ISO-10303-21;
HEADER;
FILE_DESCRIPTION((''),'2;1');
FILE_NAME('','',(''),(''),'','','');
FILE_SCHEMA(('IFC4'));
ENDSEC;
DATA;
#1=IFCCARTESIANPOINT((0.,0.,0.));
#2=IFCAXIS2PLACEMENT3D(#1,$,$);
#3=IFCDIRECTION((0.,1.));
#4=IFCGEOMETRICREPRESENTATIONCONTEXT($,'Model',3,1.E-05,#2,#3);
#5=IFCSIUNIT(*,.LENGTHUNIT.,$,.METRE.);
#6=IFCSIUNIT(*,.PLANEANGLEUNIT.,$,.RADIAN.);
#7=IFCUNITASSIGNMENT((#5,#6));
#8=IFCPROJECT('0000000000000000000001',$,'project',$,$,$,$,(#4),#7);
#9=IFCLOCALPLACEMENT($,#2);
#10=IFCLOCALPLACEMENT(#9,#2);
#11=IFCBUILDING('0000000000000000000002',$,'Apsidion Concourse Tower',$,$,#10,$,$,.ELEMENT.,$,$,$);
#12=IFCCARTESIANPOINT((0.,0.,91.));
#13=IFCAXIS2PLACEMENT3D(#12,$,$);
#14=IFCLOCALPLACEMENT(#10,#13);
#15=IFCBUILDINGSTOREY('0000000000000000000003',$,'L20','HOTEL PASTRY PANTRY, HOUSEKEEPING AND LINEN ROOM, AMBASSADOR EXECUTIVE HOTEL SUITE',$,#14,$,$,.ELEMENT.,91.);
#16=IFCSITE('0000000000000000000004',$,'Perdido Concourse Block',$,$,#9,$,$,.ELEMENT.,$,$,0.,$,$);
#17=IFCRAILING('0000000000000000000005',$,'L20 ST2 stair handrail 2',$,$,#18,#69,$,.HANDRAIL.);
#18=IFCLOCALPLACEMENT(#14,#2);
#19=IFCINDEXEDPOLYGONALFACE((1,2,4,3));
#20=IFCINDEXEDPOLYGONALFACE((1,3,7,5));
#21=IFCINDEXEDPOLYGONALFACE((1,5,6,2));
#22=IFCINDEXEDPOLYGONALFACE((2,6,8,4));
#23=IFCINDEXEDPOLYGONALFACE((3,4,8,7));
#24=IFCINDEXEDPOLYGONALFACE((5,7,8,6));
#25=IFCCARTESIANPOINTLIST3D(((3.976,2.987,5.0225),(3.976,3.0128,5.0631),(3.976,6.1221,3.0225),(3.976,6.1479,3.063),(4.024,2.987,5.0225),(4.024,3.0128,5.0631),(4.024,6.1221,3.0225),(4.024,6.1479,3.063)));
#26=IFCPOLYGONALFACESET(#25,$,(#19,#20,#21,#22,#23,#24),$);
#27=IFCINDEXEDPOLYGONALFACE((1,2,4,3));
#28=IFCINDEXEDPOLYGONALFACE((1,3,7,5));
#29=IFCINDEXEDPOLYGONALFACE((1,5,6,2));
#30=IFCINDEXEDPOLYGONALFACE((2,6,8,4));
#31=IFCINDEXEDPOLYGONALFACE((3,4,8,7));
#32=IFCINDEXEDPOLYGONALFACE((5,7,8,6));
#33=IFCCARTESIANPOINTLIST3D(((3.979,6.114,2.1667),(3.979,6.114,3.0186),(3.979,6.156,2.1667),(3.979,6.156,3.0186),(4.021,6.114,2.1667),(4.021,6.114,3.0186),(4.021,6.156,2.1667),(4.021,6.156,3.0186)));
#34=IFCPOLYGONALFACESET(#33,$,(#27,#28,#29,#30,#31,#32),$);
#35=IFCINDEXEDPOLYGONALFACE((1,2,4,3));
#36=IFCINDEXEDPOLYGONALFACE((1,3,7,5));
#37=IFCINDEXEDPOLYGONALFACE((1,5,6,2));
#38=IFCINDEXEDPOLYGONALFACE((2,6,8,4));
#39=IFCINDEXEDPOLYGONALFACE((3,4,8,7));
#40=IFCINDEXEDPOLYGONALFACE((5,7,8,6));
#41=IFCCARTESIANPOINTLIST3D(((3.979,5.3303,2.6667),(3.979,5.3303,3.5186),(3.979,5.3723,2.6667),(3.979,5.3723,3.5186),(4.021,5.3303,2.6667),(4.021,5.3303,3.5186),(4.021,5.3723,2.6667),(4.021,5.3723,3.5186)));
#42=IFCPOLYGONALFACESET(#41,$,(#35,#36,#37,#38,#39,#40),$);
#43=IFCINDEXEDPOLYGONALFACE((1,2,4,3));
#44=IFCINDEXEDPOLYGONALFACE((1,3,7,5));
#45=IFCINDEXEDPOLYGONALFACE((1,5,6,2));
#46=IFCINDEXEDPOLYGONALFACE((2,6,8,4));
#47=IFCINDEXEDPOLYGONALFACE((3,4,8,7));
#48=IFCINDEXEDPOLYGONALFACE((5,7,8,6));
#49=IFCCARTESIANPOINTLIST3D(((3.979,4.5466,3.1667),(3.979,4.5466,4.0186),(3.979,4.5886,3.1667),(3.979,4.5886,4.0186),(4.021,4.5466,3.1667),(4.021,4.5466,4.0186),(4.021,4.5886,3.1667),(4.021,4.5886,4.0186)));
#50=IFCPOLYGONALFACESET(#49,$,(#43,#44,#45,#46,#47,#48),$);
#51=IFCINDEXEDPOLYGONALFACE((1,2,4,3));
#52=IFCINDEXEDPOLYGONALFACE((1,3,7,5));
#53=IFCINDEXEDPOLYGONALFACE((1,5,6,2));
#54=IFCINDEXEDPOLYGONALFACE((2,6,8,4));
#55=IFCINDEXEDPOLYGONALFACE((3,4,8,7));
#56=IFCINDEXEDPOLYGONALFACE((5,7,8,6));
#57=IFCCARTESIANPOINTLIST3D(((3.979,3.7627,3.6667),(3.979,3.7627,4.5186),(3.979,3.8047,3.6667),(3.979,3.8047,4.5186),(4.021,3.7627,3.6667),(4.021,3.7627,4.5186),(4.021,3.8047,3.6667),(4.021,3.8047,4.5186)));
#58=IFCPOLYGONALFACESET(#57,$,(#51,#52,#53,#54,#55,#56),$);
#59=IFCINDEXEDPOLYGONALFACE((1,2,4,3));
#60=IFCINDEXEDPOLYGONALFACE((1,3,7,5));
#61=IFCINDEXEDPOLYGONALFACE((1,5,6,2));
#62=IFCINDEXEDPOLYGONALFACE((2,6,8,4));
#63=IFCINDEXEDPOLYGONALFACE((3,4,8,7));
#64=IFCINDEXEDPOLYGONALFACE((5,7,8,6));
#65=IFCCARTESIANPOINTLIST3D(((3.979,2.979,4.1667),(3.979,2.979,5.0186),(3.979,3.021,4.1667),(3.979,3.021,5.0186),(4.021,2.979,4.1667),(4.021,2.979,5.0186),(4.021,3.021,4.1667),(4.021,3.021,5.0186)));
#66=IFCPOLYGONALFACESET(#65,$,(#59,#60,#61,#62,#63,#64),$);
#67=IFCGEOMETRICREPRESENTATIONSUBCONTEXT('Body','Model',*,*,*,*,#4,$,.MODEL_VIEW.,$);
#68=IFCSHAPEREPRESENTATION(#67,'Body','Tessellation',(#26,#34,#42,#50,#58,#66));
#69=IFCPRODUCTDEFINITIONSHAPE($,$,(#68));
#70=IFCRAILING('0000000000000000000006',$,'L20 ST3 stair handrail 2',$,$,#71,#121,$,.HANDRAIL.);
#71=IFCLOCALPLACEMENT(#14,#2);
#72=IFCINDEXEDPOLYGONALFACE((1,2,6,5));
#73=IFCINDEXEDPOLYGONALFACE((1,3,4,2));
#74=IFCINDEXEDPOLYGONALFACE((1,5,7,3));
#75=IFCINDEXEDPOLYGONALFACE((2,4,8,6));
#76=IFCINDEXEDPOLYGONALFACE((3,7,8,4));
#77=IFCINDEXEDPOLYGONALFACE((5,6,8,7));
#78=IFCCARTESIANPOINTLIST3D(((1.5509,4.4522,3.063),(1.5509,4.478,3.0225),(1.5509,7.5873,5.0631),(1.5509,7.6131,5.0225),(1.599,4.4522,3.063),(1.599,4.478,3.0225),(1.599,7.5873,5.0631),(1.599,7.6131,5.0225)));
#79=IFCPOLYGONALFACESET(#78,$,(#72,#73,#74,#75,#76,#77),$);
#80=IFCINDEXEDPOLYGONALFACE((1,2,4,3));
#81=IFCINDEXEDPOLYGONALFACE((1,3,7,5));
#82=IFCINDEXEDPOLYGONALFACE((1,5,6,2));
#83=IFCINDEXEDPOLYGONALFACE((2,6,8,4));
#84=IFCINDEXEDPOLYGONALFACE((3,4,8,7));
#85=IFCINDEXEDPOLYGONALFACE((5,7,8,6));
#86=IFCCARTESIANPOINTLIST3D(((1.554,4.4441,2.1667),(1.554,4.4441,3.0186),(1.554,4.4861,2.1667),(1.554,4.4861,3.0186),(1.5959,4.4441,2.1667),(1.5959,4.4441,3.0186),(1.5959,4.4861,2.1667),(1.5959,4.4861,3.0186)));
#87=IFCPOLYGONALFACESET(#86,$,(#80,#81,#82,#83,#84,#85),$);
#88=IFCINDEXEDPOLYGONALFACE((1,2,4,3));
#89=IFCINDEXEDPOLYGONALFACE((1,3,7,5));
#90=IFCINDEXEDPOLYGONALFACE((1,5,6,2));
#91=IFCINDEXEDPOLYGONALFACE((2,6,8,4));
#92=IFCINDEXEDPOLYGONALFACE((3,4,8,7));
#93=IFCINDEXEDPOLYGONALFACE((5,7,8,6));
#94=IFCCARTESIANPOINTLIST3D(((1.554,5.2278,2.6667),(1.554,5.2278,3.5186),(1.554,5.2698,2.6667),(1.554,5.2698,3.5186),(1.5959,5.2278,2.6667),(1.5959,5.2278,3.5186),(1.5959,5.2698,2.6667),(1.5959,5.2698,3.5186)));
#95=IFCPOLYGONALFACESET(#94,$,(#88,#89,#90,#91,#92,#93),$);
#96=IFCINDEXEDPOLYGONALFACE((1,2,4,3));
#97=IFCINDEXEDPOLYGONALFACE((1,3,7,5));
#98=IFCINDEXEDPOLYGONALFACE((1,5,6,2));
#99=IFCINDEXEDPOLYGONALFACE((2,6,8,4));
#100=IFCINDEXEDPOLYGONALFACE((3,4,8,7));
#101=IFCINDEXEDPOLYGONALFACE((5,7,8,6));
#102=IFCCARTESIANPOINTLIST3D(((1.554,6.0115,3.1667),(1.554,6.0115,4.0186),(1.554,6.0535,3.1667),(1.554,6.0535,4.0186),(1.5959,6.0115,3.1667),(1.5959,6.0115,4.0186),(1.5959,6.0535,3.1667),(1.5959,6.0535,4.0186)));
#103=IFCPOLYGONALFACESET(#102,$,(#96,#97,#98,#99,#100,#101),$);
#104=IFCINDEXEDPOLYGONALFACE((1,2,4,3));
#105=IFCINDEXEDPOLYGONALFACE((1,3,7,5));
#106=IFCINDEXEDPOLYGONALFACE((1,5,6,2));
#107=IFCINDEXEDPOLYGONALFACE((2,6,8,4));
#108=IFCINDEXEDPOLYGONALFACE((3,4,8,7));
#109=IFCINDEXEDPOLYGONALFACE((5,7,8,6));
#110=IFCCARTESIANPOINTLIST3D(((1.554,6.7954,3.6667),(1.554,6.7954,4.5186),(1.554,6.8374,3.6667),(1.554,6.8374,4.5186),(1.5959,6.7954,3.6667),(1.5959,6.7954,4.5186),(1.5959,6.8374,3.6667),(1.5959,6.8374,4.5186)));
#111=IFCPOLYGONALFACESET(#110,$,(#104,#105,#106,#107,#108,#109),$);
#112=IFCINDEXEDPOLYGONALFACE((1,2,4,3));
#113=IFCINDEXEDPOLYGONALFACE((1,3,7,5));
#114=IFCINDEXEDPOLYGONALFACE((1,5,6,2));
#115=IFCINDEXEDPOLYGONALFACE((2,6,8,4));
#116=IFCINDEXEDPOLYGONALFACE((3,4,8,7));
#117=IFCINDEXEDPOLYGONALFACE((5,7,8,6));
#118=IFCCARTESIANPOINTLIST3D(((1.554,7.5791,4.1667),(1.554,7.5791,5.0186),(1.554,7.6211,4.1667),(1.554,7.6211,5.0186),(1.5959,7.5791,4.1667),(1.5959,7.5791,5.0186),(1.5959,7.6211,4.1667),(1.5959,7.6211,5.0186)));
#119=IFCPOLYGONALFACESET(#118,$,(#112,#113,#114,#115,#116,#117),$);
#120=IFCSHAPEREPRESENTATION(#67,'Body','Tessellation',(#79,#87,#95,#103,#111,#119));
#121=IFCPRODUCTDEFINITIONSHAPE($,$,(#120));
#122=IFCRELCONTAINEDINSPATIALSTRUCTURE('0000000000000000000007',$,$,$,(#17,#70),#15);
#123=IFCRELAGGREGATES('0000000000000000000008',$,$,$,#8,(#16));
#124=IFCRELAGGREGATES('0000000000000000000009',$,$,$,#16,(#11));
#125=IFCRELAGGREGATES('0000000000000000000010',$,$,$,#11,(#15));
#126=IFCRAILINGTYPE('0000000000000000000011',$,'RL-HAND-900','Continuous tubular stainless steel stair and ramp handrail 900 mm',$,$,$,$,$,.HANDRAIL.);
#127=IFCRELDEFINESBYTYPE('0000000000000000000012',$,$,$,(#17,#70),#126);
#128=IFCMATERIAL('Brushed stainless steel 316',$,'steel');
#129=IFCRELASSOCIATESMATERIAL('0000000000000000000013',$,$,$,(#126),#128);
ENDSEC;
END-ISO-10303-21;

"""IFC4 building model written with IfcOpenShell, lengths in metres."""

from ifc_helpers import new_model, si_unit, direction, frame, origin, origin_2d, place, context, subcontext, project, spatial, rectangle, extrude, material, type_object, element, save


model = new_model("IFC4")

# Units and contexts
model_context = context("Model", 3, precision=1e-05, world=origin(), true_north=direction((0.0, 1.0)))
body_context = subcontext(model_context, "Body", "Model", "MODEL_VIEW")
ifc_project = project(units=[si_unit("LENGTHUNIT", "METRE"), si_unit("PLANEANGLEUNIT", "RADIAN")], contexts=[model_context])

# Site, building, storey
site_placement = place(None, origin())
site = spatial("IfcSite", under=ifc_project, at=site_placement, Name="Perdido Concourse Block", CompositionType="ELEMENT", RefElevation=0.0)
building_placement = place(site_placement, origin())
building = spatial("IfcBuilding", under=site, at=building_placement, Name="Apsidion Concourse Tower", CompositionType="ELEMENT")
storey_placement = place(building_placement, frame((0.0, 0.0, 91.0)))
storey = spatial("IfcBuildingStorey", under=building, at=storey_placement, Name="L20", Description="HOTEL PASTRY PANTRY, HOUSEKEEPING AND LINEN ROOM, AMBASSADOR EXECUTIVE HOTEL SUITE", CompositionType="ELEMENT", Elevation=91.0)

# Railings
ifc_material_1 = material(Name="Brushed stainless steel 316", Category="steel")
railing_type_1 = type_object("IfcRailingType", Name="RL-HAND-900", Description="Continuous tubular stainless steel stair and ramp handrail 900 mm", PredefinedType="HANDRAIL", material=ifc_material_1)
railing_1_placement = place(storey_placement, frame((4.0, 6.135, 2.1667)))
element("IfcRailing", 1, at=railing_1_placement, inside=storey, type_object=railing_type_1, Name="L20 ST2 stair handrail 2", PredefinedType="HANDRAIL", context=body_context, shape_type="SweptSolid", body=[
    extrude(rectangle(XDim=0.0481, YDim=0.0481, at=origin_2d()), frame((0.0, 0.0, 0.876), z_axis=(0.0, -0.843053, 0.537831), x_axis=(1.0, 0.0, 0.0)), (0.0, 0.0, 1.0), 3.7188),
    extrude(rectangle(XDim=0.042, YDim=0.042, at=origin_2d()), origin(), (0.0, 0.0, 1.0), 0.8518),
    extrude(rectangle(XDim=0.042, YDim=0.042, at=origin_2d()), frame((0.0, -0.7837, 0.5)), (0.0, 0.0, 1.0), 0.8518),
    extrude(rectangle(XDim=0.042, YDim=0.042, at=origin_2d()), frame((0.0, -1.5674, 1.0)), (0.0, 0.0, 1.0), 0.8518),
    extrude(rectangle(XDim=0.042, YDim=0.042, at=origin_2d()), frame((0.0, -2.3513, 1.5)), (0.0, 0.0, 1.0), 0.8518),
    extrude(rectangle(XDim=0.042, YDim=0.042, at=origin_2d()), frame((0.0, -3.135, 2.0)), (0.0, 0.0, 1.0), 0.8518),
])
railing_2_placement = place(storey_placement, frame((1.575, 4.4651, 2.1667)))
element("IfcRailing", 2, at=railing_2_placement, inside=storey, type_object=railing_type_1, Name="L20 ST3 stair handrail 2", PredefinedType="HANDRAIL", context=body_context, shape_type="SweptSolid", body=[
    extrude(rectangle(XDim=0.0481, YDim=0.0481, at=origin_2d()), frame((0.0, 0.0, 0.876), z_axis=(0.0, 0.843053, 0.537831), x_axis=(-1.0, 0.0, 0.0)), (0.0, 0.0, 1.0), 3.7188),
    extrude(rectangle(XDim=0.042, YDim=0.042, at=origin_2d()), origin(), (0.0, 0.0, 1.0), 0.8518),
    extrude(rectangle(XDim=0.042, YDim=0.042, at=origin_2d()), frame((0.0, 0.7837, 0.5)), (0.0, 0.0, 1.0), 0.8518),
    extrude(rectangle(XDim=0.042, YDim=0.042, at=origin_2d()), frame((0.0, 1.5674, 1.0)), (0.0, 0.0, 1.0), 0.8518),
    extrude(rectangle(XDim=0.042, YDim=0.042, at=origin_2d()), frame((0.0, 2.3513, 1.5)), (0.0, 0.0, 1.0), 0.8518),
    extrude(rectangle(XDim=0.042, YDim=0.042, at=origin_2d()), frame((0.0, 3.135, 2.0)), (0.0, 0.0, 1.0), 0.8518),
])

save(model, "model.ifc")
